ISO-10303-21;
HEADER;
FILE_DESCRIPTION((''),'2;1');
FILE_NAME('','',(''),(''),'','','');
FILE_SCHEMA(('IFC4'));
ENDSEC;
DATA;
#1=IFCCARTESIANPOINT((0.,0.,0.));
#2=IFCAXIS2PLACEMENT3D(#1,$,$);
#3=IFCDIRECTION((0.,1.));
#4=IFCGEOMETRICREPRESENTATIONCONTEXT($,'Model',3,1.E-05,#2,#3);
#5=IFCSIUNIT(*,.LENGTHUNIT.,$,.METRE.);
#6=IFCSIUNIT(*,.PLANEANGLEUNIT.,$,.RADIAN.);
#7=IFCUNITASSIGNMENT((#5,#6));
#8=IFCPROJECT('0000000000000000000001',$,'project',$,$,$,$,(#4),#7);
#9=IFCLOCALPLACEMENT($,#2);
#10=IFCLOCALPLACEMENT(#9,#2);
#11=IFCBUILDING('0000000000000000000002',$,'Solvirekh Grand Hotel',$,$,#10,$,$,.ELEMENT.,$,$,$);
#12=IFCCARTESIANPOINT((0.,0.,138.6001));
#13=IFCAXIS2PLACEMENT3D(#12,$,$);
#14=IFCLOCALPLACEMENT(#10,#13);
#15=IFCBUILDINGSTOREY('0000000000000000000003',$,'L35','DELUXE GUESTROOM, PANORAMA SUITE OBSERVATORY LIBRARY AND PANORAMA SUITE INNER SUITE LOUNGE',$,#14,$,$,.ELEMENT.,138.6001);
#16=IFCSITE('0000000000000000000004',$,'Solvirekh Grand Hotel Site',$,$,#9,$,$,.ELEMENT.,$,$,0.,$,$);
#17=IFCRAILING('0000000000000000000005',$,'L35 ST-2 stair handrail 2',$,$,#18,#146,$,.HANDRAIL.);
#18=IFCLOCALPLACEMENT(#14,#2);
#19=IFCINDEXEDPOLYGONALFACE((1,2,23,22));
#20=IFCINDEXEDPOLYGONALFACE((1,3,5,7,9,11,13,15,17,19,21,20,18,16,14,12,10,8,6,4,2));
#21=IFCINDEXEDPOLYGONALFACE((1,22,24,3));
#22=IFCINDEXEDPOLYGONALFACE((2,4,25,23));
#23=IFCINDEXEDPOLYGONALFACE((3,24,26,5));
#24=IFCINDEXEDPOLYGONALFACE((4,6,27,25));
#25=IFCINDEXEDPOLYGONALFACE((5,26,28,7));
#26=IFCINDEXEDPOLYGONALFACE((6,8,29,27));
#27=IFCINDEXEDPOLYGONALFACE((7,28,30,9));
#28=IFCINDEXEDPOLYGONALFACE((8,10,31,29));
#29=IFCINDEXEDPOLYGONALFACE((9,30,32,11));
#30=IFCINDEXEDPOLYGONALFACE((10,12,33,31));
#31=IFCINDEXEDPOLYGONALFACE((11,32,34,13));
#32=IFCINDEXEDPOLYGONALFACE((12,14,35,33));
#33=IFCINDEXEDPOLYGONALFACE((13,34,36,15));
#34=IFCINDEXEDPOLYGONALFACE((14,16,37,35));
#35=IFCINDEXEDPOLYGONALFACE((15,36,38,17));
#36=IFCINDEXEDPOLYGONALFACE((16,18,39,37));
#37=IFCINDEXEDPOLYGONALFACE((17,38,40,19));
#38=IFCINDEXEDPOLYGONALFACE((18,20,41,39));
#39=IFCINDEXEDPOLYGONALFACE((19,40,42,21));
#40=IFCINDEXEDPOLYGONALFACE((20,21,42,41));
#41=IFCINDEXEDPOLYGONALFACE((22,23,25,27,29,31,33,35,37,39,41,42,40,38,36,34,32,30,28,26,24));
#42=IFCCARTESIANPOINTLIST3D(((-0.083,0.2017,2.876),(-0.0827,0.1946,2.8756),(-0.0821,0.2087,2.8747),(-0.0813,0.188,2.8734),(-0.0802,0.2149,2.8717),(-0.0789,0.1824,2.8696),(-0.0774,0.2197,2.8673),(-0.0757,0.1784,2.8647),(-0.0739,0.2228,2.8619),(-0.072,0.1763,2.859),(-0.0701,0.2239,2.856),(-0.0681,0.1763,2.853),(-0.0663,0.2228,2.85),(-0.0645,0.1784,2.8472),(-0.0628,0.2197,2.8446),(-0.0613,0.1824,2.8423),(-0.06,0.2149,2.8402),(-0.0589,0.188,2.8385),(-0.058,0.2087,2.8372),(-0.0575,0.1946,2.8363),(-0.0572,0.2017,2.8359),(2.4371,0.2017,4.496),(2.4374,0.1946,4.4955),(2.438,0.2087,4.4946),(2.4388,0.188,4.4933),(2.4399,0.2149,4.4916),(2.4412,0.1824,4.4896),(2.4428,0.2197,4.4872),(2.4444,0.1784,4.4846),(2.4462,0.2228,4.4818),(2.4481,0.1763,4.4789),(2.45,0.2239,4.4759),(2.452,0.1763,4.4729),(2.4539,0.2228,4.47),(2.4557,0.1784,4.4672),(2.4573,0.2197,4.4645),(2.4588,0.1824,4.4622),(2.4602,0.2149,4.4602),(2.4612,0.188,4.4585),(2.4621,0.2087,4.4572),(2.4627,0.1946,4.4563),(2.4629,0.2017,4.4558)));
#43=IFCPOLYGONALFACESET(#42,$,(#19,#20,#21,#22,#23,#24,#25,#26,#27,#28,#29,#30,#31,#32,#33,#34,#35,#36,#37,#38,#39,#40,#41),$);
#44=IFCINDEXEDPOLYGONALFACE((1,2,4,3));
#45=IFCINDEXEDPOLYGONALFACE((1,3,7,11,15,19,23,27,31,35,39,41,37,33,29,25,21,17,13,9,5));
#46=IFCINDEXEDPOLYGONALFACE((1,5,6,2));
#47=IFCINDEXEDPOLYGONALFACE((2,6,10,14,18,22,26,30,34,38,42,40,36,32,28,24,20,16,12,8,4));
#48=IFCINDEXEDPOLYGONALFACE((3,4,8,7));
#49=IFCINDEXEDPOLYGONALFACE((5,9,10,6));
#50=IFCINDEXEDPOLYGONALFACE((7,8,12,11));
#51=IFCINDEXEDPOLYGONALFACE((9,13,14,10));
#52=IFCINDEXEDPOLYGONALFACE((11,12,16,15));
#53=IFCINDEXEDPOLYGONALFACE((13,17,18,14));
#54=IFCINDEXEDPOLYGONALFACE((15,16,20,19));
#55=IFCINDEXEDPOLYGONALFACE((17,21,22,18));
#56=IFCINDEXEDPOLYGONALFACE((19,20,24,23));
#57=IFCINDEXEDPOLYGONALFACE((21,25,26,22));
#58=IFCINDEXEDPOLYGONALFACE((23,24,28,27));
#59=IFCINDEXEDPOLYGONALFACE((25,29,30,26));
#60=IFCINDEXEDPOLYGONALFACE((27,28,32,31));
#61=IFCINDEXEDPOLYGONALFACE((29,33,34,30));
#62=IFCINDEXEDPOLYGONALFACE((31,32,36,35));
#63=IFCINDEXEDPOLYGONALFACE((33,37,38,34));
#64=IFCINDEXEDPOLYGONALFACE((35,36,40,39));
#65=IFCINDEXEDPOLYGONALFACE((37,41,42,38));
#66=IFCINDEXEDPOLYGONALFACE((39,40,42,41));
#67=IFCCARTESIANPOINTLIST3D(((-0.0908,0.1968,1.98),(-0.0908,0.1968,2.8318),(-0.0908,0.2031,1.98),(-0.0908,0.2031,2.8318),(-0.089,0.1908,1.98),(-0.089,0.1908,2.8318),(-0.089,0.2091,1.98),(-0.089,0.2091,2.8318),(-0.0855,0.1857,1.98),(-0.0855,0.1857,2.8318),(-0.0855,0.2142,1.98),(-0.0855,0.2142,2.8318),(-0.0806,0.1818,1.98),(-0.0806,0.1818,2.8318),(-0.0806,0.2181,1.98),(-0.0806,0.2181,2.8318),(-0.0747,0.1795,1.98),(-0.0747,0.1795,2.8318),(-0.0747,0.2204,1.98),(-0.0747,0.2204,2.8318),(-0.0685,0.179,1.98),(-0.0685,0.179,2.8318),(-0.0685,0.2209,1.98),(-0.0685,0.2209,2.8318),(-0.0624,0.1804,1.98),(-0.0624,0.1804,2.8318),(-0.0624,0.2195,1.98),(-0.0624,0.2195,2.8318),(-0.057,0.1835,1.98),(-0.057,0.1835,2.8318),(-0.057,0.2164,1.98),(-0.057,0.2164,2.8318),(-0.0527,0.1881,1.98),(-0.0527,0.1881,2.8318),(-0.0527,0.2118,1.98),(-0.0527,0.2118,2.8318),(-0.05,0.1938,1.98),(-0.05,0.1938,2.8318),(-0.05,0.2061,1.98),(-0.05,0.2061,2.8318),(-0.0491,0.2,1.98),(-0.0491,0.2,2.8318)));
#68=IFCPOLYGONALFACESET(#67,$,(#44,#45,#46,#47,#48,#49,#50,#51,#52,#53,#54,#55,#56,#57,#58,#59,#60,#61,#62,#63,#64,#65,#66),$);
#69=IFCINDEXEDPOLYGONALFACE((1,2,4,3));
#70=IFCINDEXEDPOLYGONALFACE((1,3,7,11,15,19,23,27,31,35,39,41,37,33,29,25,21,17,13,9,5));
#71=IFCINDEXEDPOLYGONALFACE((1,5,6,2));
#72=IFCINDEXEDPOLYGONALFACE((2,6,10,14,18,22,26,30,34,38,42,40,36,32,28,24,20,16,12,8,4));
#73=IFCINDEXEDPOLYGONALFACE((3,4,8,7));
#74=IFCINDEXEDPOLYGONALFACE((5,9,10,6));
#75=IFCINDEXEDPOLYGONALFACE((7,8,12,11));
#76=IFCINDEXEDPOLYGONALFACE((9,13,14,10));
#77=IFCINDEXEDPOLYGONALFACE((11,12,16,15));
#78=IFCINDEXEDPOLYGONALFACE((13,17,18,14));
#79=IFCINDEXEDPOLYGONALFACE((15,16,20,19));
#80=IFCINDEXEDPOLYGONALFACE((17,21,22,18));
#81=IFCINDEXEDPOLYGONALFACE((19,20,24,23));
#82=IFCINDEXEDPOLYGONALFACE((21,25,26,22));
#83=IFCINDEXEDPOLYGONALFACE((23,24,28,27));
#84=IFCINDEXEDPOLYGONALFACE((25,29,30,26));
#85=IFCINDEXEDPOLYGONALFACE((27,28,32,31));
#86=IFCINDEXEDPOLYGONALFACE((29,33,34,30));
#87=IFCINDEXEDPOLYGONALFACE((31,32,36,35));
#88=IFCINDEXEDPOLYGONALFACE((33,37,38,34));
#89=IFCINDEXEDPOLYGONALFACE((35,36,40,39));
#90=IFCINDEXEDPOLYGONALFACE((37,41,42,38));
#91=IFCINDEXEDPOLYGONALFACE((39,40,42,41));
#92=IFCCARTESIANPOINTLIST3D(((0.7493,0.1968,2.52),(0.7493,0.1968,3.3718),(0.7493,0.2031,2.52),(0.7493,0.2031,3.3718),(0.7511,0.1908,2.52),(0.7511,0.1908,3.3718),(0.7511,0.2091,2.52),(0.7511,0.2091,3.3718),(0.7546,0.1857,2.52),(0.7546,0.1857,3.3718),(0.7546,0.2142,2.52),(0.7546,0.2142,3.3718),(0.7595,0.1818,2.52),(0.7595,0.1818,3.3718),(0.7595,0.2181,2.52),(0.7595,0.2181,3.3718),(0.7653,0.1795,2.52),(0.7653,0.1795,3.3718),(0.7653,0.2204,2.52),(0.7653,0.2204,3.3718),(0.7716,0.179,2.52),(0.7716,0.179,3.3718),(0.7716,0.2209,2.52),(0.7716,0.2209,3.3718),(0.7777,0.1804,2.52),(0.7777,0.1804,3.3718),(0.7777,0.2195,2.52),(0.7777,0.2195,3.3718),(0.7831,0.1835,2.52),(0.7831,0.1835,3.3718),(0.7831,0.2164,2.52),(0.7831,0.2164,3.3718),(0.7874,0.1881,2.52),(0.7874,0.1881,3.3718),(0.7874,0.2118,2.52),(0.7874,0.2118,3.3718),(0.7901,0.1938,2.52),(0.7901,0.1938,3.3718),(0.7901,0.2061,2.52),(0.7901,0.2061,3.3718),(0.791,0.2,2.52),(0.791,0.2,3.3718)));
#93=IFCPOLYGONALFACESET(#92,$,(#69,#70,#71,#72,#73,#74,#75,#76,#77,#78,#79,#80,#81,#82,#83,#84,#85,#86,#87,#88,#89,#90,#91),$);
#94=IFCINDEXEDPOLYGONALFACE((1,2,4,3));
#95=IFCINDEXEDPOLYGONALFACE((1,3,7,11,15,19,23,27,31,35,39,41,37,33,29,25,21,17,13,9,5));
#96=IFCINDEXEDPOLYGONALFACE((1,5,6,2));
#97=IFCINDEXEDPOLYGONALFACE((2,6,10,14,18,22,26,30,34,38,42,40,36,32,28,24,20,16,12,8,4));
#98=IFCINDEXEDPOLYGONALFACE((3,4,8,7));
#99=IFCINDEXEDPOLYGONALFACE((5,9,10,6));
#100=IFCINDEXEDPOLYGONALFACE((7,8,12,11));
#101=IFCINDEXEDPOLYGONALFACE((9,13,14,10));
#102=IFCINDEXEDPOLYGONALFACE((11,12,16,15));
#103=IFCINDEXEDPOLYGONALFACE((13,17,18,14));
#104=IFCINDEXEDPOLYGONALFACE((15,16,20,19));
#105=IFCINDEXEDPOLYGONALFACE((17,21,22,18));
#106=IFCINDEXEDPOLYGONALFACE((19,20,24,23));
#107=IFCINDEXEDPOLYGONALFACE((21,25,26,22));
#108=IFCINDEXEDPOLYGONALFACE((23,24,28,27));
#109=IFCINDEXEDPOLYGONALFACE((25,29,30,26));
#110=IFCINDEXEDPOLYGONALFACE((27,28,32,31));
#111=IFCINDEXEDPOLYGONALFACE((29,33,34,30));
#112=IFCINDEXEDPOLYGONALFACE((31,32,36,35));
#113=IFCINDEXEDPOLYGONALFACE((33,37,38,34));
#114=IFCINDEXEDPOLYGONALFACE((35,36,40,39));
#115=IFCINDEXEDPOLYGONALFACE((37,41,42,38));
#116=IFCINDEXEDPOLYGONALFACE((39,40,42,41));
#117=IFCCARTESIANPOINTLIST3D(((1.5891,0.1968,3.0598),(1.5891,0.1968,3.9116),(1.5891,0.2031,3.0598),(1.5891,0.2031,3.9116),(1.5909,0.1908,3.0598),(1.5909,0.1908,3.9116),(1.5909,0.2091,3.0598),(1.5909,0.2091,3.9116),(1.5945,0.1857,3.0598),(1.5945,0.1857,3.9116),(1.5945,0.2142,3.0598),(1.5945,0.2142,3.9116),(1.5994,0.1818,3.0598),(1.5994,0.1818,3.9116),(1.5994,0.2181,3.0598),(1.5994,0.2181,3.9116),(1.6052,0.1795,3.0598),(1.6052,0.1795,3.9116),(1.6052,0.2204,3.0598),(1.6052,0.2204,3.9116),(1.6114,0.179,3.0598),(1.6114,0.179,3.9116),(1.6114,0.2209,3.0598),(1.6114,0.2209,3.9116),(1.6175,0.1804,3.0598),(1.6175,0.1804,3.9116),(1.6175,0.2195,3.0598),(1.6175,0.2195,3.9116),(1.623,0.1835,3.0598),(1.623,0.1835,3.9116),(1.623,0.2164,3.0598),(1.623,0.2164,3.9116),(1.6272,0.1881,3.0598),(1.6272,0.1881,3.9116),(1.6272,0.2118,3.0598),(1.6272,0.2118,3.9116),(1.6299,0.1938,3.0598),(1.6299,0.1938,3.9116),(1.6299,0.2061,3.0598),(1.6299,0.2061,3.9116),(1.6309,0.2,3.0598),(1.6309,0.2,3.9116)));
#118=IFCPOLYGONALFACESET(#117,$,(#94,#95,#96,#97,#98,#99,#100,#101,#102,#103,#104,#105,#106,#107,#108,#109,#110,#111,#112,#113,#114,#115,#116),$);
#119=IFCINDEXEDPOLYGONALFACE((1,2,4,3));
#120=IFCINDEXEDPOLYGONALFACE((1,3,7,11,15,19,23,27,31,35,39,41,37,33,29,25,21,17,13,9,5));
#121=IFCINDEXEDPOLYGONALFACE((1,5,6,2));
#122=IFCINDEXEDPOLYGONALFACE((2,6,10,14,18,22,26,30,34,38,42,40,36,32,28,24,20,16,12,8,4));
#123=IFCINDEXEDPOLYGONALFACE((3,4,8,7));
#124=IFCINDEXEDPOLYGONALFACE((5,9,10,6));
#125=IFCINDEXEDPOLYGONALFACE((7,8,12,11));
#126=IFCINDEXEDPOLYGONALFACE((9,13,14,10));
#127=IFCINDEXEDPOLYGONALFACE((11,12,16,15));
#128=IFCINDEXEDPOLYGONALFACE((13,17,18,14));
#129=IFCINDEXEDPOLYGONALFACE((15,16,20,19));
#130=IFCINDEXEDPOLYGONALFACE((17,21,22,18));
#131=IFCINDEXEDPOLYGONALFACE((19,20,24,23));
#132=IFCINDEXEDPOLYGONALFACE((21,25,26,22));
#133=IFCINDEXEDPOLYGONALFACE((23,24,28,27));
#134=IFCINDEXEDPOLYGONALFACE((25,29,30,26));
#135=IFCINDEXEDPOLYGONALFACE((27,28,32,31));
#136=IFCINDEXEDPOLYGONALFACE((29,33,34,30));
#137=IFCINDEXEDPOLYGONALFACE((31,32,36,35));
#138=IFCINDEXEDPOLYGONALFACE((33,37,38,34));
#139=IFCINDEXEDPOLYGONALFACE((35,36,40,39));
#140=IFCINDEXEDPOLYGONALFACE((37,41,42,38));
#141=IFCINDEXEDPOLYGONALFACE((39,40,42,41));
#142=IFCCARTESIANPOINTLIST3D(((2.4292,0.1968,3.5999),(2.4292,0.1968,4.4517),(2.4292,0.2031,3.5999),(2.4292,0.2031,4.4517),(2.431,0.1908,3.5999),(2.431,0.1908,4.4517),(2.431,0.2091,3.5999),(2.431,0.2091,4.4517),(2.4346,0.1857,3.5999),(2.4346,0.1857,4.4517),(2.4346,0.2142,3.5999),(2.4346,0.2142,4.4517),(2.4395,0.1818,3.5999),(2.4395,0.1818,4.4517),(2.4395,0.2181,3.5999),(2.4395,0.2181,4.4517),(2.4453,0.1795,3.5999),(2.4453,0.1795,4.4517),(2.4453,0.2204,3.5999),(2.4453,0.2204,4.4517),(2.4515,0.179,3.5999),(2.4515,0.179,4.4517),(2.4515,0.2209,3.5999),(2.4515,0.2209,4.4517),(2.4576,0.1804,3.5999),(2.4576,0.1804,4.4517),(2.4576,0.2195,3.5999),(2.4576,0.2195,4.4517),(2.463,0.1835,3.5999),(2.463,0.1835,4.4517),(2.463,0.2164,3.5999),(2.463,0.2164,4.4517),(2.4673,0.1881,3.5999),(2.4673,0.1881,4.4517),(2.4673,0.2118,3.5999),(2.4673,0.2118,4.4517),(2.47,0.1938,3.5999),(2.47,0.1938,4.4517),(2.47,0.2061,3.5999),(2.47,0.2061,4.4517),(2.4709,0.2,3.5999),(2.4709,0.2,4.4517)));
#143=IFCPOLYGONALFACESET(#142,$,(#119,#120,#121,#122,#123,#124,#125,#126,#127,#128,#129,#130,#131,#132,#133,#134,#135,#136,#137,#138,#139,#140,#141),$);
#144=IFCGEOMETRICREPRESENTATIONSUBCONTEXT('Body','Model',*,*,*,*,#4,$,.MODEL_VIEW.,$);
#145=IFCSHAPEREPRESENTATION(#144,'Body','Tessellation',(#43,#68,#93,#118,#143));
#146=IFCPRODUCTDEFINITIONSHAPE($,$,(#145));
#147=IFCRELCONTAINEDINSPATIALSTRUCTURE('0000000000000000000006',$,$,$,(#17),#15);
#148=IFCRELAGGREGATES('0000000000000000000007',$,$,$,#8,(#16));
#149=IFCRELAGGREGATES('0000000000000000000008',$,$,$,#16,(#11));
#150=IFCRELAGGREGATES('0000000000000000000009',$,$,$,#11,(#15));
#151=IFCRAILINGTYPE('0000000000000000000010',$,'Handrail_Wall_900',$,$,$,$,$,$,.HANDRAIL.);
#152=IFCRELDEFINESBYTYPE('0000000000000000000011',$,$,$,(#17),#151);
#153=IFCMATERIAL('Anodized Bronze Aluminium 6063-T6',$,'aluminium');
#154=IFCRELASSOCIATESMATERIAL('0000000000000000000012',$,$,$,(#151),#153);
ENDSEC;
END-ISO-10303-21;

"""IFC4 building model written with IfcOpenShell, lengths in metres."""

from ifc_helpers import new_model, si_unit, direction, frame, origin, origin_2d, place, context, subcontext, project, spatial, circle, extrude, material, type_object, element, save


model = new_model("IFC4")

# Units and contexts
model_context = context("Model", 3, precision=1e-05, world=origin(), true_north=direction((0.0, 1.0)))
body_context = subcontext(model_context, "Body", "Model", "MODEL_VIEW")
ifc_project = project(units=[si_unit("LENGTHUNIT", "METRE"), si_unit("PLANEANGLEUNIT", "RADIAN")], contexts=[model_context])

# Site, building, storey
site_placement = place(None, origin())
site = spatial("IfcSite", under=ifc_project, at=site_placement, Name="Solvirekh Grand Hotel Site", CompositionType="ELEMENT", RefElevation=0.0)
building_placement = place(site_placement, origin())
building = spatial("IfcBuilding", under=site, at=building_placement, Name="Solvirekh Grand Hotel", CompositionType="ELEMENT")
storey_placement = place(building_placement, frame((0.0, 0.0, 138.6001)))
storey = spatial("IfcBuildingStorey", under=building, at=storey_placement, Name="L35", Description="DELUXE GUESTROOM, PANORAMA SUITE OBSERVATORY LIBRARY AND PANORAMA SUITE INNER SUITE LOUNGE", CompositionType="ELEMENT", Elevation=138.6001)

# Shared definitions
ifc_material_1 = material(Name="Anodized Bronze Aluminium 6063-T6", Category="aluminium")

# Railing
railing_type_1 = type_object("IfcRailingType", Name="Handrail_Wall_900", PredefinedType="HANDRAIL", material=ifc_material_1)
railing_1_placement = place(storey_placement, frame((-0.0701, 0.2, 1.98)))
element("IfcRailing", 1, at=railing_1_placement, inside=storey, type_object=railing_type_1, Name="L35 ST-2 stair handrail 2", PredefinedType="HANDRAIL", context=body_context, shape_type="SweptSolid", body=[
    extrude(circle(Radius=0.0239, at=origin_2d()), frame((0.0, 0.0, 0.876), z_axis=(0.8412, 0.0, 0.540725), x_axis=(0.0, 1.0, 0.0)), (0.0, 0.0, 1.0), 2.9958),
    extrude(circle(Radius=0.021, at=origin_2d()), origin(), (0.0, 0.0, 1.0), 0.8518),
    extrude(circle(Radius=0.021, at=origin_2d()), frame((0.8401, 0.0, 0.54)), (0.0, 0.0, 1.0), 0.8518),
    extrude(circle(Radius=0.021, at=origin_2d()), frame((1.6799, 0.0, 1.0798)), (0.0, 0.0, 1.0), 0.8518),
    extrude(circle(Radius=0.021, at=origin_2d()), frame((2.52, 0.0, 1.6199)), (0.0, 0.0, 1.0), 0.8518),
])

save(model, "model.ifc")
